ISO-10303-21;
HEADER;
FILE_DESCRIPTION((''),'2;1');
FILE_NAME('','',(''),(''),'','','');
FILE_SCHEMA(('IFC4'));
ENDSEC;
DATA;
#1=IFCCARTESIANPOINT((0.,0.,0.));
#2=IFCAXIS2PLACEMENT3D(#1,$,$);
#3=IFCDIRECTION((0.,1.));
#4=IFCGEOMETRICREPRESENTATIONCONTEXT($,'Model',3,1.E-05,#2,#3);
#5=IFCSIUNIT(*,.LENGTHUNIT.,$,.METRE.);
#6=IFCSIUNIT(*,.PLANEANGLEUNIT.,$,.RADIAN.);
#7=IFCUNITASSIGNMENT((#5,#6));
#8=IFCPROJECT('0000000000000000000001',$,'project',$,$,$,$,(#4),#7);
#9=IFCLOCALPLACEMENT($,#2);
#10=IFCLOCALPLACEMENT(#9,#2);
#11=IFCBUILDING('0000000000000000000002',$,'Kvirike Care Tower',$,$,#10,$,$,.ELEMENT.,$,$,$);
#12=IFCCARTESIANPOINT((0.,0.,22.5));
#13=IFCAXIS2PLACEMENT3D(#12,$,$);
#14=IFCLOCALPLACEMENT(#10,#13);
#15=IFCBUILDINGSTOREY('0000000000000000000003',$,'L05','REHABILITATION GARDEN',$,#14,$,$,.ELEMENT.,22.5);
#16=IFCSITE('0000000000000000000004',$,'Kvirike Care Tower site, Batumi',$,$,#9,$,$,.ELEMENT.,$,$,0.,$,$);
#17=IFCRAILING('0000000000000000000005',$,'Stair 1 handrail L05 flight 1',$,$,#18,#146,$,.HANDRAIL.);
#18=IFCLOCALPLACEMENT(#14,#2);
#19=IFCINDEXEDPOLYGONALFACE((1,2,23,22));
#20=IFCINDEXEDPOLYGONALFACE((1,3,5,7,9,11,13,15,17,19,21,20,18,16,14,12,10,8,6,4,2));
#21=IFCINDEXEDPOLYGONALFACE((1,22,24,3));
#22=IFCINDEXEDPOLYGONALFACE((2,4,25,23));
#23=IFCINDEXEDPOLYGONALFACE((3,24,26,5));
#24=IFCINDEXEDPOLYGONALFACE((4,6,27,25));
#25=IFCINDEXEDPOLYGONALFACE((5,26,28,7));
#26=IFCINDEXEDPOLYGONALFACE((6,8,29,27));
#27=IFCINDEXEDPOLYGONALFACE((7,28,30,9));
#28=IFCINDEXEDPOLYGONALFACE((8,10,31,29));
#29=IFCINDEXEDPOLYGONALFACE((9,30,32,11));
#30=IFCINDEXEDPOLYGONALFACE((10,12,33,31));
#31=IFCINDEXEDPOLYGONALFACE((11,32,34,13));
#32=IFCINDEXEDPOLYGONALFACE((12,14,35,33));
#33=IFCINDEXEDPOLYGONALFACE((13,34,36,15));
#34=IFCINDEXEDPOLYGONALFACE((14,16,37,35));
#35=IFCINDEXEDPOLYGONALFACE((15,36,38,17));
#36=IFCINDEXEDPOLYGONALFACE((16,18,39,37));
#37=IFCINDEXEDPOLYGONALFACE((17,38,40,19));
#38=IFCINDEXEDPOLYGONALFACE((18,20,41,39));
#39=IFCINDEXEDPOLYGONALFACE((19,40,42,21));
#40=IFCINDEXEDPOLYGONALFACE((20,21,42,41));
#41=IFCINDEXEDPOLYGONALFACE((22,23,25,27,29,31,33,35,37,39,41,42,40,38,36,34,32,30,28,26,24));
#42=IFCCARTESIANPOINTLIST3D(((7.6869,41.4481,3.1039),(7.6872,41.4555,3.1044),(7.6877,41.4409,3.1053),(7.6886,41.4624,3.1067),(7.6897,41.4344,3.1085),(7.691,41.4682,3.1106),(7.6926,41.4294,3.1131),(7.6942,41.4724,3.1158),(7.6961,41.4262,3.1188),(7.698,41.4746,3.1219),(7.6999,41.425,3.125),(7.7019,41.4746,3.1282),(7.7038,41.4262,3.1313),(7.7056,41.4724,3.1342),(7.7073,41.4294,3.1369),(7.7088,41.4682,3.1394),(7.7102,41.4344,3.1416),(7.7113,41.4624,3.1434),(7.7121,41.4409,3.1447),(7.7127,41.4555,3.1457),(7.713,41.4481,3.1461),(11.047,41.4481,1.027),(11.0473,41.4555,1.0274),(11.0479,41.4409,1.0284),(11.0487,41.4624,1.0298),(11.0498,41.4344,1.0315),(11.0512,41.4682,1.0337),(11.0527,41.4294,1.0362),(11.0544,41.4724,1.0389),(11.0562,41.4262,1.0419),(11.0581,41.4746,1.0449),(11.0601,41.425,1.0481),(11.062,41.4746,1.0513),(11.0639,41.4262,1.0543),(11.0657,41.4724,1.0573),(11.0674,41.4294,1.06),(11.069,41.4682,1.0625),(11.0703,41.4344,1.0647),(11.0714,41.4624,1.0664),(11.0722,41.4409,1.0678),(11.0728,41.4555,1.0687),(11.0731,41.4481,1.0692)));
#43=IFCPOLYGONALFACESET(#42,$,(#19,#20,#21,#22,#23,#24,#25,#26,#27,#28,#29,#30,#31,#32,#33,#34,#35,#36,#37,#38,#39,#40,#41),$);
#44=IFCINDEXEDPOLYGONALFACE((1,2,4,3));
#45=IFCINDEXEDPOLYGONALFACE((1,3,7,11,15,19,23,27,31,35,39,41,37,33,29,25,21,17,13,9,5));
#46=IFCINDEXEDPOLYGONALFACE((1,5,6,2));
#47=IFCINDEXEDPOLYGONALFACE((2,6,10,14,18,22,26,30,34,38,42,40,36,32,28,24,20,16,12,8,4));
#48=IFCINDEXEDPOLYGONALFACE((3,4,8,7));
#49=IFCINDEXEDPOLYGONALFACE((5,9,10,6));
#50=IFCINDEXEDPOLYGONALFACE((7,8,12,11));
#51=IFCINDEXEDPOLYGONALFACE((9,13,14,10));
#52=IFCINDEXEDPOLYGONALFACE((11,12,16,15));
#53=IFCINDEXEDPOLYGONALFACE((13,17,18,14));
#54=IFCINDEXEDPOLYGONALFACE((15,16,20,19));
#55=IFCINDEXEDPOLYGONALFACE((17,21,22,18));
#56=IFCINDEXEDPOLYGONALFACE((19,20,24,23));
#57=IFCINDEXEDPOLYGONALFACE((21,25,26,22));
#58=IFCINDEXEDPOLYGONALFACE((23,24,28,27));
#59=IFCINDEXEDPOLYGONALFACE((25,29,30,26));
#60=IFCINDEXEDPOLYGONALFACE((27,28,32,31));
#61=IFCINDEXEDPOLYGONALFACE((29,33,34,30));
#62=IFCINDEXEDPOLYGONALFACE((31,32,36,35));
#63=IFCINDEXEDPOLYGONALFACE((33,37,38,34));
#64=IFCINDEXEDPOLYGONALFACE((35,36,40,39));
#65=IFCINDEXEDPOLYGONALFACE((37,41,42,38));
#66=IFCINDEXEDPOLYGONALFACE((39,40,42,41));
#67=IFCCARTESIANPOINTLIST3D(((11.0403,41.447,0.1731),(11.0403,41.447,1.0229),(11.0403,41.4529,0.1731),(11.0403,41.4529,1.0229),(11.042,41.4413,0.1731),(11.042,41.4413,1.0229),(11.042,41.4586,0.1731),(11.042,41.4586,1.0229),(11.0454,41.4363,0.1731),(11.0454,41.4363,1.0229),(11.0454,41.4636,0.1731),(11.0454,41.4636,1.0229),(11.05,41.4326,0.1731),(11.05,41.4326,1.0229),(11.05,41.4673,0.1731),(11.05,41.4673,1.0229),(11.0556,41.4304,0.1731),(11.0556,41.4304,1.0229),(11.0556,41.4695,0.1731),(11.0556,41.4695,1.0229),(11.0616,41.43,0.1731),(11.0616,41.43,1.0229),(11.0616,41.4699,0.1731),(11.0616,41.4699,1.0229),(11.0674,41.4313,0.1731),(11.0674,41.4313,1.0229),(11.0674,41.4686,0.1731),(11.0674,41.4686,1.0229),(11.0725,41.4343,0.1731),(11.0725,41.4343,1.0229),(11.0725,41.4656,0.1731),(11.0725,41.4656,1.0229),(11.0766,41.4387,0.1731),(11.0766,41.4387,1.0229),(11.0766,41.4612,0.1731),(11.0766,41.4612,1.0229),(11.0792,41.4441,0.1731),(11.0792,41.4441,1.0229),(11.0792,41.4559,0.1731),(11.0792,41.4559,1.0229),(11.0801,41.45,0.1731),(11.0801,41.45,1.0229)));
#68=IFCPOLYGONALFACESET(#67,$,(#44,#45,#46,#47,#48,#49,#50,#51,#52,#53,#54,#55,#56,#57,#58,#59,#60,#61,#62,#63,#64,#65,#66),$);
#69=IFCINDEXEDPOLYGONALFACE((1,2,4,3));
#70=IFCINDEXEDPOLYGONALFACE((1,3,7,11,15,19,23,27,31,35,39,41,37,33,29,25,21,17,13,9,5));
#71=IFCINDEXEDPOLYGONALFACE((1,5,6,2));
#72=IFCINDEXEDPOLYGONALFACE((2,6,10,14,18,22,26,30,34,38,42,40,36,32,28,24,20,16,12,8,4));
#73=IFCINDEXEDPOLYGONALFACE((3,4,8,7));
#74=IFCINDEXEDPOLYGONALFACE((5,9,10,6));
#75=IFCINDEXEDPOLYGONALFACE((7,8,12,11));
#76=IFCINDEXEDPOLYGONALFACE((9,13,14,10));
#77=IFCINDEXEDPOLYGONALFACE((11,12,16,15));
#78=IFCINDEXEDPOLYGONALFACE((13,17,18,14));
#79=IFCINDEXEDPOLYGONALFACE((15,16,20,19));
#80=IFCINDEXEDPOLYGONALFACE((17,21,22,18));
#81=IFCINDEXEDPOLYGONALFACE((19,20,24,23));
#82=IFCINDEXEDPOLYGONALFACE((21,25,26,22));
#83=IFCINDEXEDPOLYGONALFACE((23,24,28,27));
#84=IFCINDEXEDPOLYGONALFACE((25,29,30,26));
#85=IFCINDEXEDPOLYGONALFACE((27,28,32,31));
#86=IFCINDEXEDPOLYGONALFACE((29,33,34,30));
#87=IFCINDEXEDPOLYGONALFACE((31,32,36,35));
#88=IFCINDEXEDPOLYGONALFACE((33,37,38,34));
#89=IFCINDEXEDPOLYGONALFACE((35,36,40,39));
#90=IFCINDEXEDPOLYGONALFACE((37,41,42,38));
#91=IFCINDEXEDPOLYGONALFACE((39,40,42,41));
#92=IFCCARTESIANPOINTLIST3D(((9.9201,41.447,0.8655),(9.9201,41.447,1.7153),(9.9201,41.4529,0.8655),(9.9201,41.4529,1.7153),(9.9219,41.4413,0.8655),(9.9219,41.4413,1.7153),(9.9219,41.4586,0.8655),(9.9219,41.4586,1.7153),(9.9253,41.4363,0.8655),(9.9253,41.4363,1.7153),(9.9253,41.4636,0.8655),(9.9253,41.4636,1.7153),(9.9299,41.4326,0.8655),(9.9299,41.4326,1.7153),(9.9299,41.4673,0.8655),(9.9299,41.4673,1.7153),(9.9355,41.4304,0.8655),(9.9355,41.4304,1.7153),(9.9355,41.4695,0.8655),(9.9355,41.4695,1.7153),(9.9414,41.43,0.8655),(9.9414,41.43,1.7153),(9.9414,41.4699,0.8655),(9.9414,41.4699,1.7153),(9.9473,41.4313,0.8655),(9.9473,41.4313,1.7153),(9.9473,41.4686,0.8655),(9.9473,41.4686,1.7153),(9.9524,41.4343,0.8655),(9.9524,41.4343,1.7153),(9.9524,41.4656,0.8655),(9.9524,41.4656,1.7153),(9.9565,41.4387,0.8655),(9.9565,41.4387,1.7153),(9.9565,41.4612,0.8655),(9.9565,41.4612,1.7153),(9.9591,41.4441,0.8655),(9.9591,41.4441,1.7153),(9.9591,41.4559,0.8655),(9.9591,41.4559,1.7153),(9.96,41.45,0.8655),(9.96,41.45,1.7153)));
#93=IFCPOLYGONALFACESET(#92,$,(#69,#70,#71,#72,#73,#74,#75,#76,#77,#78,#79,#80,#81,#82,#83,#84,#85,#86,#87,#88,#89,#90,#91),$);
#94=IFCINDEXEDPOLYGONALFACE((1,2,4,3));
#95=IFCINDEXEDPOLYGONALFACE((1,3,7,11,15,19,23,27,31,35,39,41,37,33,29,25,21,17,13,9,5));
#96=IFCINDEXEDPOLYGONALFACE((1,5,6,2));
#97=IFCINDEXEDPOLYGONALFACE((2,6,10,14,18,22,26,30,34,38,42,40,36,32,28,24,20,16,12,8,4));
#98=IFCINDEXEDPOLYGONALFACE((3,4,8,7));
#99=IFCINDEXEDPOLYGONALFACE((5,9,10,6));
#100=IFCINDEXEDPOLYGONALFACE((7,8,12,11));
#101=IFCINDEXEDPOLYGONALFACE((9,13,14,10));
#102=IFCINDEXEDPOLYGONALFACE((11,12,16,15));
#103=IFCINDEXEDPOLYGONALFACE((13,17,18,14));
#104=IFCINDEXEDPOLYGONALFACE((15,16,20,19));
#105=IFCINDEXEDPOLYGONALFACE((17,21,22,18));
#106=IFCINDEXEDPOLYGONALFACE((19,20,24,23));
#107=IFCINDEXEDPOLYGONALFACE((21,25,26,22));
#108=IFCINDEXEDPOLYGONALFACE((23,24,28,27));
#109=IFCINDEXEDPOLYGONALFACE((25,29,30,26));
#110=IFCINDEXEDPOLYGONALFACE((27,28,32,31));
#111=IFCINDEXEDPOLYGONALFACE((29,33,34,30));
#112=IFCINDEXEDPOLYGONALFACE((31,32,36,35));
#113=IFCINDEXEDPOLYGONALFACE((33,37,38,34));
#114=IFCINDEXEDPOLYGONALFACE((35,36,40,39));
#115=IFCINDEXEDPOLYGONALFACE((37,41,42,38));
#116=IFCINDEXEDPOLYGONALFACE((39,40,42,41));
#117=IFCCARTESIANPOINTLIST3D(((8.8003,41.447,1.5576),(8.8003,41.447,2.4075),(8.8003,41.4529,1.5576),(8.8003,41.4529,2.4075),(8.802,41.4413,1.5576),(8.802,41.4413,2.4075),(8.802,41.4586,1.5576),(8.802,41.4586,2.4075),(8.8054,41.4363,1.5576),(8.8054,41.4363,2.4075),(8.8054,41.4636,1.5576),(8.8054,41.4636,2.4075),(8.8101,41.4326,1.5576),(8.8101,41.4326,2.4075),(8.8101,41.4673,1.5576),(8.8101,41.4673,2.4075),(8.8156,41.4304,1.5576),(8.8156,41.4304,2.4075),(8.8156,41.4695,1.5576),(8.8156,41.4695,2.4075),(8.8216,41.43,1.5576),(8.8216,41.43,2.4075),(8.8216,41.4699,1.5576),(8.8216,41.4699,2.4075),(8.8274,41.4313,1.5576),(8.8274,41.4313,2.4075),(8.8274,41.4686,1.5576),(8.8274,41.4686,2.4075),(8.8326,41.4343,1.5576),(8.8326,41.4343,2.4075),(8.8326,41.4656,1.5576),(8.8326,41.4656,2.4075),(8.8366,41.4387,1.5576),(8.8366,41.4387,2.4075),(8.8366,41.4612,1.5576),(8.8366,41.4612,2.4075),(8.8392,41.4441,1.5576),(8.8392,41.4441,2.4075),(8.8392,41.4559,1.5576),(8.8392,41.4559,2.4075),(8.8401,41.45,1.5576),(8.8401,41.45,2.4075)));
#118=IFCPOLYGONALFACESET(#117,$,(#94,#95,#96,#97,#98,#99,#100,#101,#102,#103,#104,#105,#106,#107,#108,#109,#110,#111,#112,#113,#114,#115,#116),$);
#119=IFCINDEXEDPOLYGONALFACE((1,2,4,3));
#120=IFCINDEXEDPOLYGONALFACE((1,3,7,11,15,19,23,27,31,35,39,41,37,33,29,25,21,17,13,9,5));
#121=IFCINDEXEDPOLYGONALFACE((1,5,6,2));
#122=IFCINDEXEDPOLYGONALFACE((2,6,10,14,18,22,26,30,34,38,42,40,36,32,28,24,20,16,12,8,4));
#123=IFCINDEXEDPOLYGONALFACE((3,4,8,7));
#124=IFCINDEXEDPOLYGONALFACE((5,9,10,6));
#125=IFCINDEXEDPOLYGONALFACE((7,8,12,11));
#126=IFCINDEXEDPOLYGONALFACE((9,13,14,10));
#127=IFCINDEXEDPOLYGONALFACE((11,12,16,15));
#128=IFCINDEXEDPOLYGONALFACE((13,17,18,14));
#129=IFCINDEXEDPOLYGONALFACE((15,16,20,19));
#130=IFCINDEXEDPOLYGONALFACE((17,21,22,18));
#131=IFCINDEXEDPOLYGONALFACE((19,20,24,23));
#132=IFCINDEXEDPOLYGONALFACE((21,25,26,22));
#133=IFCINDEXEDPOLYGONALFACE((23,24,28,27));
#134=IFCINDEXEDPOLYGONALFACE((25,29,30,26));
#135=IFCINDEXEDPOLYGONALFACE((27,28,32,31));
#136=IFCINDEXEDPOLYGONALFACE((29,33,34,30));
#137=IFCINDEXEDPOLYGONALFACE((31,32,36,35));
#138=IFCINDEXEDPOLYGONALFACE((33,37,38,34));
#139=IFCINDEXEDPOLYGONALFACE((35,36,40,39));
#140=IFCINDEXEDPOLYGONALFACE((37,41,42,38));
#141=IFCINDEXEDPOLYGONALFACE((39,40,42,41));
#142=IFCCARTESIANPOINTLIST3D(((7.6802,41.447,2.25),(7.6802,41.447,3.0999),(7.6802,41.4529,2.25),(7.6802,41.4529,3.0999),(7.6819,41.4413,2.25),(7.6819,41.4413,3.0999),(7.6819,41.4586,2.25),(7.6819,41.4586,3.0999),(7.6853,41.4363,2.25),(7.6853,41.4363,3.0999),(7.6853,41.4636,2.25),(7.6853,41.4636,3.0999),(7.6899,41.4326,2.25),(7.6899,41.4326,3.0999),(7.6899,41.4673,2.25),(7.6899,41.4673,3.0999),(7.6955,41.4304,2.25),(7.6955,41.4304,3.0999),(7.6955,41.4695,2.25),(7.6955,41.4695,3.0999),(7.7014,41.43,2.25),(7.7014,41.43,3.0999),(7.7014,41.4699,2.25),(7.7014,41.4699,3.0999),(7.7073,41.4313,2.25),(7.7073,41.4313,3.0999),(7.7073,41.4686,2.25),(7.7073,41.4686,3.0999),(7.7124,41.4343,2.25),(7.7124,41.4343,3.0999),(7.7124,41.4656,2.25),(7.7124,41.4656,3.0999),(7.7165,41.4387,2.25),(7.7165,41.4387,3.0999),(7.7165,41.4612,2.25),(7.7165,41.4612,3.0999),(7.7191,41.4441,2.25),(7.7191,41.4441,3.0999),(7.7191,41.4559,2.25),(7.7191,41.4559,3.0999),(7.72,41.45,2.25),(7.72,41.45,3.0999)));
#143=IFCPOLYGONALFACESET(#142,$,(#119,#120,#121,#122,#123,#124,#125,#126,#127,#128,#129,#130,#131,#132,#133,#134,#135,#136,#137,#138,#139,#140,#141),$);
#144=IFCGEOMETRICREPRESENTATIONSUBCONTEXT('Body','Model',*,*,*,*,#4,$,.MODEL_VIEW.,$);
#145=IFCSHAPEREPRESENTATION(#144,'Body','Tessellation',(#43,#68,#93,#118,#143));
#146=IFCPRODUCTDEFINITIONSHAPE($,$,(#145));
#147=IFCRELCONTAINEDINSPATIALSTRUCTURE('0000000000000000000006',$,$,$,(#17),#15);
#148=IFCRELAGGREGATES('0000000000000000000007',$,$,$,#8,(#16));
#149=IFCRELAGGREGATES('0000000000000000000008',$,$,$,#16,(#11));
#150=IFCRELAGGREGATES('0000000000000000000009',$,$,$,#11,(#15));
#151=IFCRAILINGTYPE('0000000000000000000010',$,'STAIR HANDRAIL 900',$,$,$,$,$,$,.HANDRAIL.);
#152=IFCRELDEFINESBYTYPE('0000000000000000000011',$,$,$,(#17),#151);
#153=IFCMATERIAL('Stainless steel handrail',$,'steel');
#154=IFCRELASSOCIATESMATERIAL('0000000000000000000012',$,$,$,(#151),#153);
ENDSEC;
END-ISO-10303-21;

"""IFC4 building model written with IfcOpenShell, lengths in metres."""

from ifc_helpers import new_model, si_unit, direction, frame, origin, origin_2d, place, context, subcontext, project, spatial, circle, extrude, material, type_object, element, save


model = new_model("IFC4")

# Units and contexts
model_context = context("Model", 3, precision=1e-05, world=origin(), true_north=direction((0.0, 1.0)))
body_context = subcontext(model_context, "Body", "Model", "MODEL_VIEW")
ifc_project = project(units=[si_unit("LENGTHUNIT", "METRE"), si_unit("PLANEANGLEUNIT", "RADIAN")], contexts=[model_context])

# Site, building, storey
site_placement = place(None, origin())
site = spatial("IfcSite", under=ifc_project, at=site_placement, Name="Kvirike Care Tower site, Batumi", CompositionType="ELEMENT", RefElevation=0.0)
building_placement = place(site_placement, origin())
building = spatial("IfcBuilding", under=site, at=building_placement, Name="Kvirike Care Tower", CompositionType="ELEMENT")
storey_placement = place(building_placement, frame((0.0, 0.0, 22.5)))
storey = spatial("IfcBuildingStorey", under=building, at=storey_placement, Name="L05", Description="REHABILITATION GARDEN", CompositionType="ELEMENT", Elevation=22.5)

# Railing
ifc_material_1 = material(Name="Stainless steel handrail", Category="steel")
railing_type = type_object("IfcRailingType", Name="STAIR HANDRAIL 900", PredefinedType="HANDRAIL", material=ifc_material_1)
railing_1_placement = place(storey_placement, frame((11.0601, 41.45, 0.1731)))
element("IfcRailing", 1, at=railing_1_placement, inside=storey, type_object=railing_type, Name="Stair 1 handrail L05 flight 1", PredefinedType="HANDRAIL", context=body_context, shape_type="SweptSolid", body=[
    extrude(circle(Radius=0.0249, at=origin_2d()), frame((0.0, 0.0, 0.875), z_axis=(-0.850623, 0.0, 0.525776), x_axis=(0.0, -1.0, 0.0)), (0.0, 0.0, 1.0), 3.9502),
    extrude(circle(Radius=0.02, at=origin_2d()), origin(), (0.0, 0.0, 1.0), 0.8499),
    extrude(circle(Radius=0.02, at=origin_2d()), frame((-1.1201, 0.0, 0.6924)), (0.0, 0.0, 1.0), 0.8499),
    extrude(circle(Radius=0.02, at=origin_2d()), frame((-2.24, 0.0, 1.3845)), (0.0, 0.0, 1.0), 0.8499),
    extrude(circle(Radius=0.02, at=origin_2d()), frame((-3.3601, 0.0, 2.0769)), (0.0, 0.0, 1.0), 0.8499),
])

save(model, "model.ifc")
